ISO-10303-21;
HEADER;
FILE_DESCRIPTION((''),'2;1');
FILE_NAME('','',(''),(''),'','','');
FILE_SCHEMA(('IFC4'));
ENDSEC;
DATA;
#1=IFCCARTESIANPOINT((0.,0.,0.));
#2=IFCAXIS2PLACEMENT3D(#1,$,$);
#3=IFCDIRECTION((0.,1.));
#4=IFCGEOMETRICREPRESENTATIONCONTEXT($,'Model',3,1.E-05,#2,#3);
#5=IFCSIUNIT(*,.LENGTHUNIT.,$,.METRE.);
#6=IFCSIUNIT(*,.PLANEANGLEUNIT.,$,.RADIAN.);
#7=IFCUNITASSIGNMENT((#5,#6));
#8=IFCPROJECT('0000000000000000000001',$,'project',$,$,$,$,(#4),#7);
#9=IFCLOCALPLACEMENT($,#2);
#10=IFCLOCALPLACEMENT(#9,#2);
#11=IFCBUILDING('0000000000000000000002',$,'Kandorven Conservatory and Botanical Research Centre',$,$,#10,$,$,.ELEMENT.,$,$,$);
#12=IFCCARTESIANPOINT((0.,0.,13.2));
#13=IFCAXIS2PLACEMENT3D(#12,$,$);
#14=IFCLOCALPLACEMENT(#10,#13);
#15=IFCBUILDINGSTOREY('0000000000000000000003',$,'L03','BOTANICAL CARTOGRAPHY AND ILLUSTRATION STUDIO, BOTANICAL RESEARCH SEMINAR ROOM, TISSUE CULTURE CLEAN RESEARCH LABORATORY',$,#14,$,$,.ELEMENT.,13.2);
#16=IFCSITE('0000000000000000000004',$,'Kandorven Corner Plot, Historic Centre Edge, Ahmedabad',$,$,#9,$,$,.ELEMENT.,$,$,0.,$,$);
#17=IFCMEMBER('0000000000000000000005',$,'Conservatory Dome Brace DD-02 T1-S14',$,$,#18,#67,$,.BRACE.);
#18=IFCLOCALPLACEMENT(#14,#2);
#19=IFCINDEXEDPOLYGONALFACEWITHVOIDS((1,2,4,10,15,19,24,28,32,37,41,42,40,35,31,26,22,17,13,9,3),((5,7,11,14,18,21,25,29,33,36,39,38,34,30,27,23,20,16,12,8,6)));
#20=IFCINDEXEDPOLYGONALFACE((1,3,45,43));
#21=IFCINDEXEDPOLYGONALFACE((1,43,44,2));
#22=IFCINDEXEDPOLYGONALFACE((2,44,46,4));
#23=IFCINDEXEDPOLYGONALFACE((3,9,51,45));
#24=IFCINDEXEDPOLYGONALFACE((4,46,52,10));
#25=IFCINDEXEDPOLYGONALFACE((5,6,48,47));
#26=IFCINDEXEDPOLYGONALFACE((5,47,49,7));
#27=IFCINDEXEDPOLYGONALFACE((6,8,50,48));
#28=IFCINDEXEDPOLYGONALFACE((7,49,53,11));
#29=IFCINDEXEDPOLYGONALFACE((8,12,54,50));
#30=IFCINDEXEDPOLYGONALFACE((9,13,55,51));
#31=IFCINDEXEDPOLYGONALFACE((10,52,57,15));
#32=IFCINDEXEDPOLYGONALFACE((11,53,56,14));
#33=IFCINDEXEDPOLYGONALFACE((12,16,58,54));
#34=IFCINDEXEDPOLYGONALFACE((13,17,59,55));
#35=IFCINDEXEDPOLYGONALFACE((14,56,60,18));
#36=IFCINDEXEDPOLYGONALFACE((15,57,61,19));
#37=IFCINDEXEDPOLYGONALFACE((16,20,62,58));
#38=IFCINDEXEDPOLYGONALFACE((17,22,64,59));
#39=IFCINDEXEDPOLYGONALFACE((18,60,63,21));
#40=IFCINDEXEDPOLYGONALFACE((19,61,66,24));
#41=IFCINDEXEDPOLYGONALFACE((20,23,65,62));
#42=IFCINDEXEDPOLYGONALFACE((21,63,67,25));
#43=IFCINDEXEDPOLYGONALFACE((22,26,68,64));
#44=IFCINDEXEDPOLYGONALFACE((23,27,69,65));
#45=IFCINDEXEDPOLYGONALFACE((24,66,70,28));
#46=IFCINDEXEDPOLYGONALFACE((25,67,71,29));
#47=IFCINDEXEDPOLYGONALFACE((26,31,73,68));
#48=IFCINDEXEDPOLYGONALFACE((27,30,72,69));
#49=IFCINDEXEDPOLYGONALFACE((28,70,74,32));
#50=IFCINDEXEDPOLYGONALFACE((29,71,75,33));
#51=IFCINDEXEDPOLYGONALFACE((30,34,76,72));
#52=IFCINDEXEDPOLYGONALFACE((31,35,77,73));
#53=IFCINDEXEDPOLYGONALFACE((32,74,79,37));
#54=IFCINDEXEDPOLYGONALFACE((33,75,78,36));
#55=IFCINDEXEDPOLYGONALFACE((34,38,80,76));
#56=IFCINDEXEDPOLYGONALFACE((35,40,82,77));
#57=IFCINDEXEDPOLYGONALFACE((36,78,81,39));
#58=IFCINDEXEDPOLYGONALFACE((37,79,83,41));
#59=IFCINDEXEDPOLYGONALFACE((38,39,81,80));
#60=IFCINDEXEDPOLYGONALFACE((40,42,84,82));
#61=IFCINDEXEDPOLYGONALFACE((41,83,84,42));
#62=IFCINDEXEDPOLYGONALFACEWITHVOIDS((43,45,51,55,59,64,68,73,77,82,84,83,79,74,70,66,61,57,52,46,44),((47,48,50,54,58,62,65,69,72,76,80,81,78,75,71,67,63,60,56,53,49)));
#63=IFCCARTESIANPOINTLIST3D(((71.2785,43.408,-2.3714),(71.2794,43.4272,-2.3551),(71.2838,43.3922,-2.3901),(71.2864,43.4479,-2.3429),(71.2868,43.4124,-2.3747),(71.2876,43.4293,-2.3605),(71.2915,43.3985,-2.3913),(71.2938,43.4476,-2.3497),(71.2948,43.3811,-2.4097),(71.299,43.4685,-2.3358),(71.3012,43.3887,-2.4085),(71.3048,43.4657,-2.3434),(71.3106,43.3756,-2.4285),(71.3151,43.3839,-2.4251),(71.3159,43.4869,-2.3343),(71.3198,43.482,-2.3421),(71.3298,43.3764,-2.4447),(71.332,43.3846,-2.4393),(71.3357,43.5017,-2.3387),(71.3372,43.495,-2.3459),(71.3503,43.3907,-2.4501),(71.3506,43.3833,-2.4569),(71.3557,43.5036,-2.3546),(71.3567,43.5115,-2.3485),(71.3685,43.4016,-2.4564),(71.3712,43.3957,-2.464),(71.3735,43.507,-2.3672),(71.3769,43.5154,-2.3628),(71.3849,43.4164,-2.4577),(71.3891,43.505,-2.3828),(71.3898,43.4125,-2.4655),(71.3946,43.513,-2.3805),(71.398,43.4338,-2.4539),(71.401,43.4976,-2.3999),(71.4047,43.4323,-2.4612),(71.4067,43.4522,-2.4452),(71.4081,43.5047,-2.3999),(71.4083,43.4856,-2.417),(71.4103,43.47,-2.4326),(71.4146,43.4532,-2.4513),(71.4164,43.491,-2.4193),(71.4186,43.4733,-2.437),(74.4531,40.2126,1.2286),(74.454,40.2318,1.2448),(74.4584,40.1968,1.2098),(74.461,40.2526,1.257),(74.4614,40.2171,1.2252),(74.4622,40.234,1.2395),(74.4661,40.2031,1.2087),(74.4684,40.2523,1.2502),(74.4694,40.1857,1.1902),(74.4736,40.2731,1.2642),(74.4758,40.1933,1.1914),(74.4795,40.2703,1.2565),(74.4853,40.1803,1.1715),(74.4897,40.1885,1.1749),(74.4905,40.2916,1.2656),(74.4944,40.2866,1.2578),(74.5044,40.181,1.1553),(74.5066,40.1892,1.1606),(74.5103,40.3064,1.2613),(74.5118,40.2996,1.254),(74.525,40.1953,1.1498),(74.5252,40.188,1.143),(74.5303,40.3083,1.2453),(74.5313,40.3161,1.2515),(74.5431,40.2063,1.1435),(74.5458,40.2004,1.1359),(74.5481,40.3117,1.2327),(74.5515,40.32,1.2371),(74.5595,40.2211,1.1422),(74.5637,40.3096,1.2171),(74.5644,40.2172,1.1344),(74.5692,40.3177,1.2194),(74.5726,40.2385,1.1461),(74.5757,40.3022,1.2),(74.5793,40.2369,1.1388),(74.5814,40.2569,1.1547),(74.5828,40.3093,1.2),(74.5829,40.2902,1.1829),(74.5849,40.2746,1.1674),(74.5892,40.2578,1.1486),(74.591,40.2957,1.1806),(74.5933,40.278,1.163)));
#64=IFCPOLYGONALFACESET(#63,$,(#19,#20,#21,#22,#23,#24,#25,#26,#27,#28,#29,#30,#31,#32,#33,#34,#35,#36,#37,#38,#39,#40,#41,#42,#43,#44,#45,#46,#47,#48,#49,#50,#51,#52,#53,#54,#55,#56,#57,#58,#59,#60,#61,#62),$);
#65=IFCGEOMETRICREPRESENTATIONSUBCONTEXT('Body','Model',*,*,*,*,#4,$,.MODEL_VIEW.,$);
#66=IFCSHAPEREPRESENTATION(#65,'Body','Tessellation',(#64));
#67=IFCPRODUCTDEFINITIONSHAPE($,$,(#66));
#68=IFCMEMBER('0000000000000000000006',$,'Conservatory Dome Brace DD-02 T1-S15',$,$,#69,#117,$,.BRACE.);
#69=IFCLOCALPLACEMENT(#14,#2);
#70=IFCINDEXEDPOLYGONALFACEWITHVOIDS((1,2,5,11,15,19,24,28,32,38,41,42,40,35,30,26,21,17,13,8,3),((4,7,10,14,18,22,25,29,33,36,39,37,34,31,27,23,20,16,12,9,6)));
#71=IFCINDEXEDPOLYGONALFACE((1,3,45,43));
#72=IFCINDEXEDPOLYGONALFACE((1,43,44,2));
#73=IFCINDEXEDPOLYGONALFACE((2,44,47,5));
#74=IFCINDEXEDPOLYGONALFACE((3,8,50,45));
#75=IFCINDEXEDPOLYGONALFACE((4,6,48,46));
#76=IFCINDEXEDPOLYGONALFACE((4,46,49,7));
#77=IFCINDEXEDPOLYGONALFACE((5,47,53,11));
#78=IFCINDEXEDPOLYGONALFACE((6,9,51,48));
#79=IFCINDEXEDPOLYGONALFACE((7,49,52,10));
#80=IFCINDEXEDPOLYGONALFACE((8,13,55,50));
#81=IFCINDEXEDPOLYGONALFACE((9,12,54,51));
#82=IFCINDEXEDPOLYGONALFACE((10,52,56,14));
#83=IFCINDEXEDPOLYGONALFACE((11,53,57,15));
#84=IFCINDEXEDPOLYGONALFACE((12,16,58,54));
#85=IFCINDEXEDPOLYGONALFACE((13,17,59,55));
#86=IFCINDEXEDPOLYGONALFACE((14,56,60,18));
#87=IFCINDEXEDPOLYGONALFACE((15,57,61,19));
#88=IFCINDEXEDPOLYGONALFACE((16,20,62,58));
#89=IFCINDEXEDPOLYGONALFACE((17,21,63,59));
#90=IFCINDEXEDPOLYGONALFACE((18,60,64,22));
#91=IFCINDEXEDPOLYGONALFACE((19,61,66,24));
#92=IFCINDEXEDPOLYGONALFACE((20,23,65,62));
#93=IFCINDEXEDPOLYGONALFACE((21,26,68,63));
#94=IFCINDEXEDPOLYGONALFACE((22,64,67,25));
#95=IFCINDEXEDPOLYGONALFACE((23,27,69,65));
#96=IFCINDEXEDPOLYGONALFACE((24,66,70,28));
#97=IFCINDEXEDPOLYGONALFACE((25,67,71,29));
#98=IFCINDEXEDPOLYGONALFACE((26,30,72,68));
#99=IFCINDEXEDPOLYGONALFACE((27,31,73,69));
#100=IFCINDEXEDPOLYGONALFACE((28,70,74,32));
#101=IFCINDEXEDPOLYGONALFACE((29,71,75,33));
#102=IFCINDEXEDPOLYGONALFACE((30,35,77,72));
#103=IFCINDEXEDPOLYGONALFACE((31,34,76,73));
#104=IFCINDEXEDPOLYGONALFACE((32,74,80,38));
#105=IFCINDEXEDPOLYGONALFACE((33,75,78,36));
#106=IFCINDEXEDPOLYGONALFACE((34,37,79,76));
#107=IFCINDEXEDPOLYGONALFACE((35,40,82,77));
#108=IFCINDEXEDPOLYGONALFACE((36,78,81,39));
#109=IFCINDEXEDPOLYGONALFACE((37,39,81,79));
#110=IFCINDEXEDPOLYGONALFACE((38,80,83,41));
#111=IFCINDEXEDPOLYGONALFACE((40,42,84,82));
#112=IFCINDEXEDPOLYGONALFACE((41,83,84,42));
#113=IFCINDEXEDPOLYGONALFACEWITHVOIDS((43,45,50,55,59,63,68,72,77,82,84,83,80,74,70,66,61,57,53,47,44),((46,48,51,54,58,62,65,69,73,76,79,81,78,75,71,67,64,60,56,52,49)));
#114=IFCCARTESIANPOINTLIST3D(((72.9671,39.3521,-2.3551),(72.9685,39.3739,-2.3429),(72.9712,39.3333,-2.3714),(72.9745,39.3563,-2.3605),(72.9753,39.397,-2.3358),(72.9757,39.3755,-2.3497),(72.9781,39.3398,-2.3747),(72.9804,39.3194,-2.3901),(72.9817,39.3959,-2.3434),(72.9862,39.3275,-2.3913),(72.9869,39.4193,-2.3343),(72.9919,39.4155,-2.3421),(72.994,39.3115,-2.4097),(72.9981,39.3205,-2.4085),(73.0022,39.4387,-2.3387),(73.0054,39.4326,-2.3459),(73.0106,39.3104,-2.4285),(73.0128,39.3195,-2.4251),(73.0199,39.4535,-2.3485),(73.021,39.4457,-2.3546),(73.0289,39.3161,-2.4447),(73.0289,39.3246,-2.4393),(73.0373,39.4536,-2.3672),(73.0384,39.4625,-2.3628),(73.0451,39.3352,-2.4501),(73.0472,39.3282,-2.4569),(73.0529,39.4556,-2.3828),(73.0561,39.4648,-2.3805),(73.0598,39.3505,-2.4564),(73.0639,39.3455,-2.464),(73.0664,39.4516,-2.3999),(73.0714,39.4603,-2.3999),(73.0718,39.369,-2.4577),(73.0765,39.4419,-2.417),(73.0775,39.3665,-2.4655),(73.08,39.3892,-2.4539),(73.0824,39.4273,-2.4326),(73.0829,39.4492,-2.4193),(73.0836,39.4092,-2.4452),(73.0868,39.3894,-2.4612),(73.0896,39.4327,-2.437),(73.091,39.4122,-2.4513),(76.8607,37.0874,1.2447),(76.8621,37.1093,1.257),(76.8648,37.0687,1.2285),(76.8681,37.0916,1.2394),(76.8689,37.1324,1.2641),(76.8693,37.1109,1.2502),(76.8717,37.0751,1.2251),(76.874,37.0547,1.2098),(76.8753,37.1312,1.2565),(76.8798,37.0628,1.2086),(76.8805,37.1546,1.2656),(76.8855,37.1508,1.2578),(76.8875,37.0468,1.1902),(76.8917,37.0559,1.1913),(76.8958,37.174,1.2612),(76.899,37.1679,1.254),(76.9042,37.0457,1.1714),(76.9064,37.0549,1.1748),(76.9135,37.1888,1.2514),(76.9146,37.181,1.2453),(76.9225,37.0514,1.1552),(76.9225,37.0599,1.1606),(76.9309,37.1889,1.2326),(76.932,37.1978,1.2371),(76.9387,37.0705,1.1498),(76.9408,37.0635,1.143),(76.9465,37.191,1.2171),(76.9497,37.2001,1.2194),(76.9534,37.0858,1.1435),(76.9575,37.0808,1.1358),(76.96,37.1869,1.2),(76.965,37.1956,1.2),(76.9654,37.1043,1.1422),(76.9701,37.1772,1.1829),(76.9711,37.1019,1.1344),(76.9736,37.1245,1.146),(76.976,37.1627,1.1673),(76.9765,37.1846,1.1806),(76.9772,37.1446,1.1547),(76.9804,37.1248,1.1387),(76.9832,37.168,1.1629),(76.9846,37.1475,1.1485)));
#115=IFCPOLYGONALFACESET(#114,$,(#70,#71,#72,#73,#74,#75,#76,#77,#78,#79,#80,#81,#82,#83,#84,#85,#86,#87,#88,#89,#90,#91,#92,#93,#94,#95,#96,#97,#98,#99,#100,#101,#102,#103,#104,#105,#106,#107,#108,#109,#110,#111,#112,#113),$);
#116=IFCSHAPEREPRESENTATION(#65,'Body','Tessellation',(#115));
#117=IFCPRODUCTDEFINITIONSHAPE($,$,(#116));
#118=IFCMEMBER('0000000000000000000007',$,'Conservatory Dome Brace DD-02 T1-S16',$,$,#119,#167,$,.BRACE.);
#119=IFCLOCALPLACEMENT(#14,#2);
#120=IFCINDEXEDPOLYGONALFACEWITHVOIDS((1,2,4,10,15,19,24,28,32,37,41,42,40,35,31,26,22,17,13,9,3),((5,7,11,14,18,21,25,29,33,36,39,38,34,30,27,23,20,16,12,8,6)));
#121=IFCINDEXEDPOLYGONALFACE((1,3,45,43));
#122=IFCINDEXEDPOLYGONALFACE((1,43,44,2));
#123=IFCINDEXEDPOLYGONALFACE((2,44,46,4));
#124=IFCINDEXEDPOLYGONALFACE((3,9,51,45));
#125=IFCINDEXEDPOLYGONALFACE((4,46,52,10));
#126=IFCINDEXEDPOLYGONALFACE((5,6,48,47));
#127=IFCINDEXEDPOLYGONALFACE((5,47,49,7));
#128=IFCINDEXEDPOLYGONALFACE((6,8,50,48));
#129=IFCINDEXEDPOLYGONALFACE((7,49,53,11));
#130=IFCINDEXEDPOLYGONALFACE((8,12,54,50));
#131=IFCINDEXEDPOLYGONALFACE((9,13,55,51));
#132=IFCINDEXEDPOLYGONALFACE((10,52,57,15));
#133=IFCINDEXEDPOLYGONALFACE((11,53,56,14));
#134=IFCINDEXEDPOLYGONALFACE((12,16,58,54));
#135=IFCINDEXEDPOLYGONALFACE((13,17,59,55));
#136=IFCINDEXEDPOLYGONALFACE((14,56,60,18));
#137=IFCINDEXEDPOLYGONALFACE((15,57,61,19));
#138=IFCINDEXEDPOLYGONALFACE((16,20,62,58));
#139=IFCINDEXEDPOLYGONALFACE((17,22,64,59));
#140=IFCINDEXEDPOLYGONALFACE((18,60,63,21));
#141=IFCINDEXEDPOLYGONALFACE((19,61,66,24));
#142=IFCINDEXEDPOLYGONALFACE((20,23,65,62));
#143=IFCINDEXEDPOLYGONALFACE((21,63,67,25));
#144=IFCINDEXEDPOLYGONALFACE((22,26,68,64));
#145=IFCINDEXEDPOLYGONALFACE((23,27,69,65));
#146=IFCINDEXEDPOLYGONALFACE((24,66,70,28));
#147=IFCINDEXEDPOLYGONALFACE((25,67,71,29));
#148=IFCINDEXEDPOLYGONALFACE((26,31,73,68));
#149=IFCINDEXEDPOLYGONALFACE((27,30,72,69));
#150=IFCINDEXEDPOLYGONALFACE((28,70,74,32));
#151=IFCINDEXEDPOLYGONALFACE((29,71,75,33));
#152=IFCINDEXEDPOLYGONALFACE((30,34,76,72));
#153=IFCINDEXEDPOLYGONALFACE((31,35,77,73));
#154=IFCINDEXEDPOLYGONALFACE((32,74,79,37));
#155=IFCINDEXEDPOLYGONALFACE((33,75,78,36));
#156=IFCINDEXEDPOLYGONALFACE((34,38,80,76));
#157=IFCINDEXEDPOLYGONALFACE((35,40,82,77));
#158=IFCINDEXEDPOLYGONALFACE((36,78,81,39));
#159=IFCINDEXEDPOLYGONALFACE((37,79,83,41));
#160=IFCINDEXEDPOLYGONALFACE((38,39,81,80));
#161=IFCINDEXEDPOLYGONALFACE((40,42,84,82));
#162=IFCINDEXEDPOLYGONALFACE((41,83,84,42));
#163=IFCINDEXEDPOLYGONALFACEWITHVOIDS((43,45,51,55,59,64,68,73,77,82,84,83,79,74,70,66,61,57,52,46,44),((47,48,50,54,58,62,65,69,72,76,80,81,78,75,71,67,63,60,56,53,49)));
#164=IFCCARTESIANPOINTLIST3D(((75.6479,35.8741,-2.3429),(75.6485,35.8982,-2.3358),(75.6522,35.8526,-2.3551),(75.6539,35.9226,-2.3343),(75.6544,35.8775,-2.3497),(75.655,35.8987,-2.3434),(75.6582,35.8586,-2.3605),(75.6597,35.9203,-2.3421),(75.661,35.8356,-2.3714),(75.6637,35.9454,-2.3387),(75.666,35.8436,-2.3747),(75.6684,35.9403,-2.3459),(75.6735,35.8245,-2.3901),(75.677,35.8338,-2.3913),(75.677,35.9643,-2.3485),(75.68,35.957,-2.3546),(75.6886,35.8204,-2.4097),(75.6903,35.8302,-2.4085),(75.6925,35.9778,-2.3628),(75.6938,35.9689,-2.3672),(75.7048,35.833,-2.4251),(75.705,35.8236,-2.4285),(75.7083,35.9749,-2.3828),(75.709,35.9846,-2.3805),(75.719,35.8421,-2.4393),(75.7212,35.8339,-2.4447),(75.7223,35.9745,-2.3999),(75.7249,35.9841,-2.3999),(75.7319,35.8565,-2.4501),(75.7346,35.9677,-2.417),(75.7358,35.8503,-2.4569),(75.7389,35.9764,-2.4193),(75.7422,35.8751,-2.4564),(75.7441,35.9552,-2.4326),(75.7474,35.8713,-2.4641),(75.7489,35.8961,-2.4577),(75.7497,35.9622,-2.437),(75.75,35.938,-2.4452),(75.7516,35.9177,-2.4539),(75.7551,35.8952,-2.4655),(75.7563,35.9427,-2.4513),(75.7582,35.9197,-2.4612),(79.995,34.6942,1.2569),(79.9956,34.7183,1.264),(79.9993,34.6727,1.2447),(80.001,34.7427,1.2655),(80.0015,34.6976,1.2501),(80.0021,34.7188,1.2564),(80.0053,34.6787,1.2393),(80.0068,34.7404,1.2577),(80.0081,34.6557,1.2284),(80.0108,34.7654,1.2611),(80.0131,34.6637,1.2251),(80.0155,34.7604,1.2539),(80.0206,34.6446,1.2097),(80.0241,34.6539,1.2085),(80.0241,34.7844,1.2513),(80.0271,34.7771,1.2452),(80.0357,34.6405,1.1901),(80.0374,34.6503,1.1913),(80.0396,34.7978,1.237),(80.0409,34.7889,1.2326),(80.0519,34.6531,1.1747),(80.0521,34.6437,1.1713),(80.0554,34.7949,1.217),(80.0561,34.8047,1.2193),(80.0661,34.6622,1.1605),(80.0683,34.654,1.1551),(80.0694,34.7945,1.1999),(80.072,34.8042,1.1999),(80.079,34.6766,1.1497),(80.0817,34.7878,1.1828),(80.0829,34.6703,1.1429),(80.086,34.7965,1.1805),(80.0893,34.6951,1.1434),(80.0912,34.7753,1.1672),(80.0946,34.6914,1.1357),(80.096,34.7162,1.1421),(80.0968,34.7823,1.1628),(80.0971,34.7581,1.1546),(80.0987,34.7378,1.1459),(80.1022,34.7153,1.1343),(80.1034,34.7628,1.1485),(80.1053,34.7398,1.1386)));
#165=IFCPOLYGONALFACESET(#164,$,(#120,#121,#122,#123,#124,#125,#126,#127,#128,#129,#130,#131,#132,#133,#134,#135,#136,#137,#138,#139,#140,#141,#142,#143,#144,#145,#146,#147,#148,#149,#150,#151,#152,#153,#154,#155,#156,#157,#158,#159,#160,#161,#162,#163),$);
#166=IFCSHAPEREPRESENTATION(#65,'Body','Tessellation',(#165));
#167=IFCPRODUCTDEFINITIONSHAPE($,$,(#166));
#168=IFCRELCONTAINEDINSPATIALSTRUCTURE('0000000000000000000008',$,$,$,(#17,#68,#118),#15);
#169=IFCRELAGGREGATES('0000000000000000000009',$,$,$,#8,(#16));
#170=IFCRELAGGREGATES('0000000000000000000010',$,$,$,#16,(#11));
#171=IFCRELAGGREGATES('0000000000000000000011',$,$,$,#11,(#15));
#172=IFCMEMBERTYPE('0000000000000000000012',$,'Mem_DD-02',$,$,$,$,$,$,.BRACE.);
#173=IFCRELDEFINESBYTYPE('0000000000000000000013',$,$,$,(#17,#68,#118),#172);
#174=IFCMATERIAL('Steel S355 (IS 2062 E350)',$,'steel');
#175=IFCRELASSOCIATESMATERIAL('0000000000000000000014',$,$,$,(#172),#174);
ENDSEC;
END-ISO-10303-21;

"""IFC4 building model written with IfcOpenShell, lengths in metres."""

from ifc_helpers import new_model, si_unit, direction, frame, origin, origin_2d, place, context, subcontext, project, spatial, hollow_circle, extrude, material, material_profile, profile_set, type_object, element, save


model = new_model("IFC4")

# Units and contexts
model_context = context("Model", 3, precision=1e-05, world=origin(), true_north=direction((0.0, 1.0)))
body_context = subcontext(model_context, "Body", "Model", "MODEL_VIEW")
ifc_project = project(units=[si_unit("LENGTHUNIT", "METRE"), si_unit("PLANEANGLEUNIT", "RADIAN")], contexts=[model_context])

# Site, building, storey
site_placement = place(None, origin())
site = spatial("IfcSite", under=ifc_project, at=site_placement, Name="Kandorven Corner Plot, Historic Centre Edge, Ahmedabad", CompositionType="ELEMENT", RefElevation=0.0)
building_placement = place(site_placement, origin())
building = spatial("IfcBuilding", under=site, at=building_placement, Name="Kandorven Conservatory and Botanical Research Centre", CompositionType="ELEMENT")
storey_placement = place(building_placement, frame((0.0, 0.0, 13.2)))
storey = spatial("IfcBuildingStorey", under=building, at=storey_placement, Name="L03", Description="BOTANICAL CARTOGRAPHY AND ILLUSTRATION STUDIO, BOTANICAL RESEARCH SEMINAR ROOM, TISSUE CULTURE CLEAN RESEARCH LABORATORY", CompositionType="ELEMENT", Elevation=13.2)

# Members
ifc_material_1 = material(Name="Steel S355 (IS 2062 E350)", Category="steel")
ifc_material_profile_1 = material_profile(ifc_material_1, hollow_circle(Radius=0.0842, WallThickness=0.01, at=origin_2d()))
ifc_profile_set_1 = profile_set([ifc_material_profile_1], Name="Steel S355 (IS 2062 E350)")
member_type_1 = type_object("IfcMemberType", Name="Mem_DD-02", PredefinedType="BRACE", material=ifc_profile_set_1)
for number, where, z_axis, x_axis, name in (
    (1, (71.3484, 43.4453, -2.3999), (0.550565, -0.554164, 0.624324), (0.709407, 0.704799, 0.0), "Conservatory Dome Brace DD-02 T1-S14"),
    (2, (73.0291, 39.3875, -2.3999), (0.675255, -0.392756, 0.624319), (0.502779, 0.864415, 0.0), "Conservatory Dome Brace DD-02 T1-S15"),
    (3, (75.7029, 35.9028, -2.3999), (0.753905, -0.204629, 0.624303), (0.261948, 0.965082, 0.0), "Conservatory Dome Brace DD-02 T1-S16"),
):
    element("IfcMember", number, at=place(storey_placement, frame(where, z_axis=z_axis, x_axis=x_axis)), inside=storey, type_object=member_type_1, Name=name, PredefinedType="BRACE", context=body_context, shape_type="SweptSolid", body=[
        extrude(hollow_circle(Radius=0.0842, WallThickness=0.01, at=origin_2d()), origin(), (0.0, 0.0, 1.0), 5.7661),
    ])

save(model, "model.ifc")
